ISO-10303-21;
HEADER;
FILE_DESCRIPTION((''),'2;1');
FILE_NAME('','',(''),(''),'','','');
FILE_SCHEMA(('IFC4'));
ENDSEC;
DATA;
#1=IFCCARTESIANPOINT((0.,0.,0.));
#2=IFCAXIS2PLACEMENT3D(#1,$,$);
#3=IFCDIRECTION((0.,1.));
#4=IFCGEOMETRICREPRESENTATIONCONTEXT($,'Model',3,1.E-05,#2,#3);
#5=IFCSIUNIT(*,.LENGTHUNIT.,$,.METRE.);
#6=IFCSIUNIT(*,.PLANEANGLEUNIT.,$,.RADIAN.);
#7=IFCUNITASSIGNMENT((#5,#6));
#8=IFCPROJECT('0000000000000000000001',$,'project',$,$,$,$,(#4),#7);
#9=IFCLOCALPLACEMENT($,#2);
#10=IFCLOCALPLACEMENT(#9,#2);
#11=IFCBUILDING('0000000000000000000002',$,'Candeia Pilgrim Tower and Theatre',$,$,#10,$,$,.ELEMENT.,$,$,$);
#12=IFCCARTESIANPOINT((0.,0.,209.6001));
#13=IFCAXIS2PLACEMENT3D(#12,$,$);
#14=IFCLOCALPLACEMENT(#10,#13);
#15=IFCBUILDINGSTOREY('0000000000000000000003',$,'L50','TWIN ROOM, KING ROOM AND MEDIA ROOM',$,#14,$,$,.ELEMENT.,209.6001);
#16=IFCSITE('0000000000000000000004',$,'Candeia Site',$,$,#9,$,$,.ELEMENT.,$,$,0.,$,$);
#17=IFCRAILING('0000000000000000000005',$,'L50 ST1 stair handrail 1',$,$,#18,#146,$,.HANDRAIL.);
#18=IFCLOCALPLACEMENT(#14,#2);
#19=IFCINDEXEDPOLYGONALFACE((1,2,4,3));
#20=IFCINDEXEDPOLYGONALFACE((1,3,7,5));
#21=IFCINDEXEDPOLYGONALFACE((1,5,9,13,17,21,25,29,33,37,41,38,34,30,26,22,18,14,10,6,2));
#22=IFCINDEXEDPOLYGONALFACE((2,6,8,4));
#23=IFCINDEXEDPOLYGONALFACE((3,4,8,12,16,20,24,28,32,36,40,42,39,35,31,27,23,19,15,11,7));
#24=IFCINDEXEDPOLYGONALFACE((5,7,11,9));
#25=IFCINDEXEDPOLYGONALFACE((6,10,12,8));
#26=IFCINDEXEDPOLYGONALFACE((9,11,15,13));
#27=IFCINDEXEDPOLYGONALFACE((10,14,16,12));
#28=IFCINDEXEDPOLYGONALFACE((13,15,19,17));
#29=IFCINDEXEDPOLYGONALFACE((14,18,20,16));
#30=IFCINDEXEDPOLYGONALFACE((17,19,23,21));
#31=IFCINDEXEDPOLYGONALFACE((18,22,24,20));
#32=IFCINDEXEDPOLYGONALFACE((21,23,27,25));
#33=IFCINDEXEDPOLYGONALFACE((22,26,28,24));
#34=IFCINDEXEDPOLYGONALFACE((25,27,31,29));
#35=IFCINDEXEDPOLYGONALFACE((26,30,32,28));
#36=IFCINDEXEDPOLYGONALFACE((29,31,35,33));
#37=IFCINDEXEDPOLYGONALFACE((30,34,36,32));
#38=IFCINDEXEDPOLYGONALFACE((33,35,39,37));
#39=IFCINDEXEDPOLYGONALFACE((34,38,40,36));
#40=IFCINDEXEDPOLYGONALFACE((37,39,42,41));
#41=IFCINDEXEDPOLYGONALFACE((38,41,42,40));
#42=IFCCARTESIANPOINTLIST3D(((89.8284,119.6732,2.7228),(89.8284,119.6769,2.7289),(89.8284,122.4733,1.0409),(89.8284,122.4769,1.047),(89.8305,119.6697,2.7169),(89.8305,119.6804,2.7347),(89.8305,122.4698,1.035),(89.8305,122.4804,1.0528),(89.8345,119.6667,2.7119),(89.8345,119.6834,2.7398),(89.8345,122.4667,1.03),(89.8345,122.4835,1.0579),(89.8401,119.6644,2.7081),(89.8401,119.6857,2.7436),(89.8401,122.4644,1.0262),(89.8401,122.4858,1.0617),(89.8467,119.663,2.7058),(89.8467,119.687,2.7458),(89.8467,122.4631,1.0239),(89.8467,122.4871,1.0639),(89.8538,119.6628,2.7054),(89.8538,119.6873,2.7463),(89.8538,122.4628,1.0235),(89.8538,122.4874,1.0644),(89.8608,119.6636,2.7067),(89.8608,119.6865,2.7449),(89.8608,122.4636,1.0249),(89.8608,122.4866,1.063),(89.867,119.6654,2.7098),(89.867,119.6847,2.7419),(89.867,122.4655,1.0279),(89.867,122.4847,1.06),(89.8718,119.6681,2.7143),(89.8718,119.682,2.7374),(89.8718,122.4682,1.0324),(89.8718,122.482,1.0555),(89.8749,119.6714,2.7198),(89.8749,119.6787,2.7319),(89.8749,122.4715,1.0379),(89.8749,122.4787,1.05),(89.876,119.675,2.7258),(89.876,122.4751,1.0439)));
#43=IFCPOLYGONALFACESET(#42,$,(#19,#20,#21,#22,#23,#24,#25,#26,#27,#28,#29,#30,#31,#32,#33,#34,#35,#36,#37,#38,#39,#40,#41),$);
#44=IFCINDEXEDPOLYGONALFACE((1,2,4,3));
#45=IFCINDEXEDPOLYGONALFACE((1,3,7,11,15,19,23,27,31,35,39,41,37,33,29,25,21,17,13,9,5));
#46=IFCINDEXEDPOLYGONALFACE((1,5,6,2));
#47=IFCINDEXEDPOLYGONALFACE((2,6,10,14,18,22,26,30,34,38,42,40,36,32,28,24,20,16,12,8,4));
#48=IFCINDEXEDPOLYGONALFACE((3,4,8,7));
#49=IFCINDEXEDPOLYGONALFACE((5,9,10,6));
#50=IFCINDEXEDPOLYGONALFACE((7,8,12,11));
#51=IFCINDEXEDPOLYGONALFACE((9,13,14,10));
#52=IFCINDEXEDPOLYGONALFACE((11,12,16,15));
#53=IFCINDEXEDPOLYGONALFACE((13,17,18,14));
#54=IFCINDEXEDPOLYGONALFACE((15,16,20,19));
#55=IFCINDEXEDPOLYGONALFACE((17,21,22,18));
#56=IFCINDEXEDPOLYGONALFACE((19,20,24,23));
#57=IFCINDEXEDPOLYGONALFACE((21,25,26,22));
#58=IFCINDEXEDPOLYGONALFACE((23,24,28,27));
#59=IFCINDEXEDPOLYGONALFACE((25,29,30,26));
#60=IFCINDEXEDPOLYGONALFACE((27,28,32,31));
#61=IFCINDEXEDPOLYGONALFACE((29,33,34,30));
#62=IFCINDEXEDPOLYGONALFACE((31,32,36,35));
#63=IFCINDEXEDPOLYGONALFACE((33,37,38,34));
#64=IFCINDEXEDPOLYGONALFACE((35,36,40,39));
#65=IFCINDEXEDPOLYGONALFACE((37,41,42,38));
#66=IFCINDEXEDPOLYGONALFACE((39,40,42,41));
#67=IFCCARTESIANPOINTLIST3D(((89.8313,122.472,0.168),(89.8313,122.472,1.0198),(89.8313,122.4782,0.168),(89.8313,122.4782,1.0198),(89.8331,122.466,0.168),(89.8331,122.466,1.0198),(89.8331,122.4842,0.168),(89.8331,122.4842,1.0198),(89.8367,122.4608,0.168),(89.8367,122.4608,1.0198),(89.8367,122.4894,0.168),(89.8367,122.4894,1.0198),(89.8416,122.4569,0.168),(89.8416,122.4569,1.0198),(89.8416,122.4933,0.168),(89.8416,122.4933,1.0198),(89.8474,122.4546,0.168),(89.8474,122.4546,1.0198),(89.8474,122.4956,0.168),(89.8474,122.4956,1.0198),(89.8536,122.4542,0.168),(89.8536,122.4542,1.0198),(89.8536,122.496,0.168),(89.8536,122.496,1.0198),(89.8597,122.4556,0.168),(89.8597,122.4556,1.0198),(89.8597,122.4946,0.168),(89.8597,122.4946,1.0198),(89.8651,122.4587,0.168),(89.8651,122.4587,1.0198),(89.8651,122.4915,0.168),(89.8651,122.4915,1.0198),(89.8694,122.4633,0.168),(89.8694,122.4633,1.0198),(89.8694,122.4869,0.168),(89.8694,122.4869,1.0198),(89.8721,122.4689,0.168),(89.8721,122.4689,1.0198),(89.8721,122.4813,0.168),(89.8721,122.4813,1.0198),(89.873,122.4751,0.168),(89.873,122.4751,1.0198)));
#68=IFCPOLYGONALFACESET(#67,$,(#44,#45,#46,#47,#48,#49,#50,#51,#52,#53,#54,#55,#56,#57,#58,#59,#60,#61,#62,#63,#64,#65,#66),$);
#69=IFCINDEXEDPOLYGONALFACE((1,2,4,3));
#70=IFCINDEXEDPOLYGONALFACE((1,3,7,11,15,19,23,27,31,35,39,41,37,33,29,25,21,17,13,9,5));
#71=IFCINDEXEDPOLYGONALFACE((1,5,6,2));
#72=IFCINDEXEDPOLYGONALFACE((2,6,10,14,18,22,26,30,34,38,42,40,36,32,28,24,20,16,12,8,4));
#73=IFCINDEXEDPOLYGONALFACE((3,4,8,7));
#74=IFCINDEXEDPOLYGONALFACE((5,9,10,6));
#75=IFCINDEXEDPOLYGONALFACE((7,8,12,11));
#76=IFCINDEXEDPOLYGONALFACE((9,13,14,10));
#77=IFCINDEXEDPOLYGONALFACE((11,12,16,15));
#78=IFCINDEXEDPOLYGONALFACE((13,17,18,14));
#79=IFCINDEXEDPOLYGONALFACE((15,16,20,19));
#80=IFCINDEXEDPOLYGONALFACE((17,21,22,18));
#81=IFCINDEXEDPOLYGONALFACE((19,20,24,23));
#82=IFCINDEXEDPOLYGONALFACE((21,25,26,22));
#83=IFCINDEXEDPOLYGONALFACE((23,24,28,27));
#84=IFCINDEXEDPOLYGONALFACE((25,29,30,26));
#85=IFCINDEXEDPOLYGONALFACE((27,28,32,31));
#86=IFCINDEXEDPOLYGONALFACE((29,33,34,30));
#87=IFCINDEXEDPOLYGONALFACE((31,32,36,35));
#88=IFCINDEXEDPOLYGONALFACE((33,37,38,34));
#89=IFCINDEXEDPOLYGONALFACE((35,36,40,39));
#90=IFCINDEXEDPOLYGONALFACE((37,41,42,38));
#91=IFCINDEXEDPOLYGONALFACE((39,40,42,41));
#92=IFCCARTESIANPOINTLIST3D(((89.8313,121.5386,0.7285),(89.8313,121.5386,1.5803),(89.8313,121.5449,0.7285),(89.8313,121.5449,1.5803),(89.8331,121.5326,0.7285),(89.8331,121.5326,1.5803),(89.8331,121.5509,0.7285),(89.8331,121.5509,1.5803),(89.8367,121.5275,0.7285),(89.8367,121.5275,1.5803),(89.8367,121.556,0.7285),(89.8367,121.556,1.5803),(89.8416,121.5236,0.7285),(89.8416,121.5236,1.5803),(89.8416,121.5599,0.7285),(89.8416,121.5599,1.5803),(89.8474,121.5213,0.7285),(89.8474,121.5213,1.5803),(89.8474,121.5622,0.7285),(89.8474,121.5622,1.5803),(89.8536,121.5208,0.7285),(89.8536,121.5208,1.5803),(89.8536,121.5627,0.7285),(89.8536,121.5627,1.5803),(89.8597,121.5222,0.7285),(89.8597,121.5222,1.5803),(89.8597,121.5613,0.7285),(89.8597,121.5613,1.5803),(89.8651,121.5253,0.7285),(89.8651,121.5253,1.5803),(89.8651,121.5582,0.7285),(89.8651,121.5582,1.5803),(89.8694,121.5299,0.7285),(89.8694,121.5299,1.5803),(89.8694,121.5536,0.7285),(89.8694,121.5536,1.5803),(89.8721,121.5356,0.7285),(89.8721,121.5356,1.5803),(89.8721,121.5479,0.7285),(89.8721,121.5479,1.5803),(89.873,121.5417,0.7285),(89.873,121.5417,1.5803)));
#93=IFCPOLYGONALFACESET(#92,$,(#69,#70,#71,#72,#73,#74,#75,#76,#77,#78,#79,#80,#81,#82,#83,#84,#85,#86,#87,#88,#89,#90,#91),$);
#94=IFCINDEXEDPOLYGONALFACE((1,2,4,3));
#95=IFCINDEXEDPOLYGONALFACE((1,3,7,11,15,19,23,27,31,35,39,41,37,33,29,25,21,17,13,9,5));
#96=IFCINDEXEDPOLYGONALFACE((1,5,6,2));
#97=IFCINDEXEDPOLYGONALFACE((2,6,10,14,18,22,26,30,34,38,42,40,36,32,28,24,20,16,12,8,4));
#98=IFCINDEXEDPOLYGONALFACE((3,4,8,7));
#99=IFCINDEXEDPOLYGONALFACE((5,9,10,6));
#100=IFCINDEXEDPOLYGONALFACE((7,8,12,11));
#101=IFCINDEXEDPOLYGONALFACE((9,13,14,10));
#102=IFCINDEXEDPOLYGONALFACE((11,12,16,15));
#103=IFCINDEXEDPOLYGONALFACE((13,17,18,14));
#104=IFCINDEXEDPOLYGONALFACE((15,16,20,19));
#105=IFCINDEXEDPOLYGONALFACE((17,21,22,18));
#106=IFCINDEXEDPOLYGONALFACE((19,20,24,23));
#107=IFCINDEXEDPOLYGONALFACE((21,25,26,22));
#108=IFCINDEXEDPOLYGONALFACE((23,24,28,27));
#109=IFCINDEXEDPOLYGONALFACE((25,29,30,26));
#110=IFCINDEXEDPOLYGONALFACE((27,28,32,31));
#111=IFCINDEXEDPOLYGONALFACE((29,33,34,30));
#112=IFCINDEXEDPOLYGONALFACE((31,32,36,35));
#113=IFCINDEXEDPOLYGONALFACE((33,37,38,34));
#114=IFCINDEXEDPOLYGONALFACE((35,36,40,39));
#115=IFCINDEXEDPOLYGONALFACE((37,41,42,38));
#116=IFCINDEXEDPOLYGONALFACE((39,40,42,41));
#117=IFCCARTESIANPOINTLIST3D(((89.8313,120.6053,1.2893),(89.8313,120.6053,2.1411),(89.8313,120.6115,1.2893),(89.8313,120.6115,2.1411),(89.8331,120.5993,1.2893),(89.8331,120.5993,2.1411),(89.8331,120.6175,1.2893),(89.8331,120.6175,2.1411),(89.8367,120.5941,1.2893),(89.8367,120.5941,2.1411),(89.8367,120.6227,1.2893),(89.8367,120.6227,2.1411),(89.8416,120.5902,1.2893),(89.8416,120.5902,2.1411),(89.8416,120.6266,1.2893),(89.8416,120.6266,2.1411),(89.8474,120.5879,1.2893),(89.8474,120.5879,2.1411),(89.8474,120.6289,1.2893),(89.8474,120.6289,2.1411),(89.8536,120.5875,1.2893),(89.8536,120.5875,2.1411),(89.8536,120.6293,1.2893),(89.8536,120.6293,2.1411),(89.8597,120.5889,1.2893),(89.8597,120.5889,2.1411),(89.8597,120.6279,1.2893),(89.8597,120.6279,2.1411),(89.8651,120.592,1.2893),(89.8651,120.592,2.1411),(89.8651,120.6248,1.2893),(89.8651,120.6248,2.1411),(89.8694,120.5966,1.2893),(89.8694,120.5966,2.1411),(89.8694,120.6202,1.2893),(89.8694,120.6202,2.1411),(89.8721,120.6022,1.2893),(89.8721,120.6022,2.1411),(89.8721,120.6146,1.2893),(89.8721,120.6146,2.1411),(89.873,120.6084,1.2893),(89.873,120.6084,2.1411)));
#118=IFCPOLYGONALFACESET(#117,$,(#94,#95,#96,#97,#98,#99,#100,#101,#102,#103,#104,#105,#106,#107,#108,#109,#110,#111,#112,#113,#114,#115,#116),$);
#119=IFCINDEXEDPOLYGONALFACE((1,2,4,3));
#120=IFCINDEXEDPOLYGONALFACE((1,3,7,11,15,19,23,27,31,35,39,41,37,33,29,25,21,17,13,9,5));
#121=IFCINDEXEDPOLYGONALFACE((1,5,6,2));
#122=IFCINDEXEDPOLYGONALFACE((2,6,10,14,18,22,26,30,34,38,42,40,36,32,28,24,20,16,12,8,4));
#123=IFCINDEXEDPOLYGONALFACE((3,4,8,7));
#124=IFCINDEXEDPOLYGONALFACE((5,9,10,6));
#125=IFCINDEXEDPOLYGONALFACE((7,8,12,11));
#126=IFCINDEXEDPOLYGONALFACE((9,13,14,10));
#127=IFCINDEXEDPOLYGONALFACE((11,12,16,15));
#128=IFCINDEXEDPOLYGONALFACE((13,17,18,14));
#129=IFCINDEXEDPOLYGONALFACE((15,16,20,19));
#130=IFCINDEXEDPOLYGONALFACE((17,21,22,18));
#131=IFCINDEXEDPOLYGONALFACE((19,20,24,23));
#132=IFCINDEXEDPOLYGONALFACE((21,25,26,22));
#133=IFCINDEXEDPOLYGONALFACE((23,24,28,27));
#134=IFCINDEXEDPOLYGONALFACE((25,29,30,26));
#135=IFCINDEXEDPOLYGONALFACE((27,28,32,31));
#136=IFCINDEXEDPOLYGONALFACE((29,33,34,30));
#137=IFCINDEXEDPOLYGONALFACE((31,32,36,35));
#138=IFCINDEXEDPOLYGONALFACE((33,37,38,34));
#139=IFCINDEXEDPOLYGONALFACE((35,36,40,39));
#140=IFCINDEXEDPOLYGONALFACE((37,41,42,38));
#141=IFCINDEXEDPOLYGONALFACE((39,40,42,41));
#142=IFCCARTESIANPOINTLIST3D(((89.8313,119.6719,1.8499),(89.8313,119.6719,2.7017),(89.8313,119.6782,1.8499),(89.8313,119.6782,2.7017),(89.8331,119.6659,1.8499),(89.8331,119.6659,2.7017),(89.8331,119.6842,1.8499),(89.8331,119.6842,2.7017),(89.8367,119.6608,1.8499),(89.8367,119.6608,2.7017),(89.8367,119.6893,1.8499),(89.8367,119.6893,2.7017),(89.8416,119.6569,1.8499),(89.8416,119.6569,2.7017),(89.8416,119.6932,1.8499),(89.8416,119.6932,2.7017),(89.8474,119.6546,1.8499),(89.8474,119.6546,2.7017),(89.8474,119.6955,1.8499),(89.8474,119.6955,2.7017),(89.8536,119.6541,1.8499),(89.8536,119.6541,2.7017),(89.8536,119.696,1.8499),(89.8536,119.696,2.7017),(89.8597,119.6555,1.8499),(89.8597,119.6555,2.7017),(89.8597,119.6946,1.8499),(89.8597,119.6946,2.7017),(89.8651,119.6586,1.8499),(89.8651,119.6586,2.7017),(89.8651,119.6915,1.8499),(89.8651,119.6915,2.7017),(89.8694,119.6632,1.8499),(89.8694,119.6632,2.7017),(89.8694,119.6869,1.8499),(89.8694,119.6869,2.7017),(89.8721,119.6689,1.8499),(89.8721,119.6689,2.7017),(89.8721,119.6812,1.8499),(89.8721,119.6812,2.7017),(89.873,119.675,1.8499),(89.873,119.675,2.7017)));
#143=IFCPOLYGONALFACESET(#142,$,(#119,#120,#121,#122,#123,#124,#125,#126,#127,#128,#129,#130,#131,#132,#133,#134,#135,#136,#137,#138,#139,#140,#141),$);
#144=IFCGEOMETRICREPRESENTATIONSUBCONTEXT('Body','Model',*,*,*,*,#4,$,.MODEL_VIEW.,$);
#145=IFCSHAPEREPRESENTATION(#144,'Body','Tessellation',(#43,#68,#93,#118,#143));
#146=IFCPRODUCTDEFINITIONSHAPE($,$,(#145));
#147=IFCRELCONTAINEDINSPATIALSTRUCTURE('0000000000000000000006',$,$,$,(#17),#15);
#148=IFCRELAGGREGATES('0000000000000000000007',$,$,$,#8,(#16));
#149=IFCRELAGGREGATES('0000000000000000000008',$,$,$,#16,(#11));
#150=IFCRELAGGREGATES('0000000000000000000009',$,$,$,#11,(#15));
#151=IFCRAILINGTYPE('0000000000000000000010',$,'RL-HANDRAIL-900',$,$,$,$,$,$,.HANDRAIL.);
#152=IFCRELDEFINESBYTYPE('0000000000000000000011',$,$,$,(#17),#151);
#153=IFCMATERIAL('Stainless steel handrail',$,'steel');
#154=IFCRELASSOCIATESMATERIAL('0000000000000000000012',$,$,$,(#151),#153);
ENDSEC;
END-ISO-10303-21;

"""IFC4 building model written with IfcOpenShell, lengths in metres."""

from ifc_helpers import new_model, si_unit, direction, frame, origin, origin_2d, place, context, subcontext, project, spatial, circle, extrude, material, type_object, element, save


model = new_model("IFC4")

# Units and contexts
model_context = context("Model", 3, precision=1e-05, world=origin(), true_north=direction((0.0, 1.0)))
body_context = subcontext(model_context, "Body", "Model", "MODEL_VIEW")
ifc_project = project(units=[si_unit("LENGTHUNIT", "METRE"), si_unit("PLANEANGLEUNIT", "RADIAN")], contexts=[model_context])

# Site, building, storey
site_placement = place(None, origin())
site = spatial("IfcSite", under=ifc_project, at=site_placement, Name="Candeia Site", CompositionType="ELEMENT", RefElevation=0.0)
building_placement = place(site_placement, origin())
building = spatial("IfcBuilding", under=site, at=building_placement, Name="Candeia Pilgrim Tower and Theatre", CompositionType="ELEMENT")
storey_placement = place(building_placement, frame((0.0, 0.0, 209.6001)))
storey = spatial("IfcBuildingStorey", under=building, at=storey_placement, Name="L50", Description="TWIN ROOM, KING ROOM AND MEDIA ROOM", CompositionType="ELEMENT", Elevation=209.6001)

# Railing
ifc_material_1 = material(Name="Stainless steel handrail", Category="steel")
railing_type_1 = type_object("IfcRailingType", Name="RL-HANDRAIL-900", PredefinedType="HANDRAIL", material=ifc_material_1)
for number, where, name in (
    (1, (89.8521, 122.4751, 0.168), "L50 ST1 stair handrail 1"),
):
    element("IfcRailing", number, at=place(storey_placement, frame(where)), inside=storey, type_object=railing_type_1, Name=name, PredefinedType="HANDRAIL", context=body_context, shape_type="SweptSolid", body=[
        extrude(circle(Radius=0.0239, at=origin_2d()), frame((0.0, 0.0, 0.876), z_axis=(0.0, -0.857242, 0.514913), x_axis=(1.0, 0.0, 0.0)), (0.0, 0.0, 1.0), 3.2664),
        extrude(circle(Radius=0.021, at=origin_2d()), origin(), (0.0, 0.0, 1.0), 0.8518),
        extrude(circle(Radius=0.021, at=origin_2d()), frame((0.0, -0.9333, 0.5605)), (0.0, 0.0, 1.0), 0.8518),
        extrude(circle(Radius=0.021, at=origin_2d()), frame((0.0, -1.8667, 1.1213)), (0.0, 0.0, 1.0), 0.8518),
        extrude(circle(Radius=0.021, at=origin_2d()), frame((0.0, -2.8, 1.6819)), (0.0, 0.0, 1.0), 0.8518),
    ])

save(model, "model.ifc")
